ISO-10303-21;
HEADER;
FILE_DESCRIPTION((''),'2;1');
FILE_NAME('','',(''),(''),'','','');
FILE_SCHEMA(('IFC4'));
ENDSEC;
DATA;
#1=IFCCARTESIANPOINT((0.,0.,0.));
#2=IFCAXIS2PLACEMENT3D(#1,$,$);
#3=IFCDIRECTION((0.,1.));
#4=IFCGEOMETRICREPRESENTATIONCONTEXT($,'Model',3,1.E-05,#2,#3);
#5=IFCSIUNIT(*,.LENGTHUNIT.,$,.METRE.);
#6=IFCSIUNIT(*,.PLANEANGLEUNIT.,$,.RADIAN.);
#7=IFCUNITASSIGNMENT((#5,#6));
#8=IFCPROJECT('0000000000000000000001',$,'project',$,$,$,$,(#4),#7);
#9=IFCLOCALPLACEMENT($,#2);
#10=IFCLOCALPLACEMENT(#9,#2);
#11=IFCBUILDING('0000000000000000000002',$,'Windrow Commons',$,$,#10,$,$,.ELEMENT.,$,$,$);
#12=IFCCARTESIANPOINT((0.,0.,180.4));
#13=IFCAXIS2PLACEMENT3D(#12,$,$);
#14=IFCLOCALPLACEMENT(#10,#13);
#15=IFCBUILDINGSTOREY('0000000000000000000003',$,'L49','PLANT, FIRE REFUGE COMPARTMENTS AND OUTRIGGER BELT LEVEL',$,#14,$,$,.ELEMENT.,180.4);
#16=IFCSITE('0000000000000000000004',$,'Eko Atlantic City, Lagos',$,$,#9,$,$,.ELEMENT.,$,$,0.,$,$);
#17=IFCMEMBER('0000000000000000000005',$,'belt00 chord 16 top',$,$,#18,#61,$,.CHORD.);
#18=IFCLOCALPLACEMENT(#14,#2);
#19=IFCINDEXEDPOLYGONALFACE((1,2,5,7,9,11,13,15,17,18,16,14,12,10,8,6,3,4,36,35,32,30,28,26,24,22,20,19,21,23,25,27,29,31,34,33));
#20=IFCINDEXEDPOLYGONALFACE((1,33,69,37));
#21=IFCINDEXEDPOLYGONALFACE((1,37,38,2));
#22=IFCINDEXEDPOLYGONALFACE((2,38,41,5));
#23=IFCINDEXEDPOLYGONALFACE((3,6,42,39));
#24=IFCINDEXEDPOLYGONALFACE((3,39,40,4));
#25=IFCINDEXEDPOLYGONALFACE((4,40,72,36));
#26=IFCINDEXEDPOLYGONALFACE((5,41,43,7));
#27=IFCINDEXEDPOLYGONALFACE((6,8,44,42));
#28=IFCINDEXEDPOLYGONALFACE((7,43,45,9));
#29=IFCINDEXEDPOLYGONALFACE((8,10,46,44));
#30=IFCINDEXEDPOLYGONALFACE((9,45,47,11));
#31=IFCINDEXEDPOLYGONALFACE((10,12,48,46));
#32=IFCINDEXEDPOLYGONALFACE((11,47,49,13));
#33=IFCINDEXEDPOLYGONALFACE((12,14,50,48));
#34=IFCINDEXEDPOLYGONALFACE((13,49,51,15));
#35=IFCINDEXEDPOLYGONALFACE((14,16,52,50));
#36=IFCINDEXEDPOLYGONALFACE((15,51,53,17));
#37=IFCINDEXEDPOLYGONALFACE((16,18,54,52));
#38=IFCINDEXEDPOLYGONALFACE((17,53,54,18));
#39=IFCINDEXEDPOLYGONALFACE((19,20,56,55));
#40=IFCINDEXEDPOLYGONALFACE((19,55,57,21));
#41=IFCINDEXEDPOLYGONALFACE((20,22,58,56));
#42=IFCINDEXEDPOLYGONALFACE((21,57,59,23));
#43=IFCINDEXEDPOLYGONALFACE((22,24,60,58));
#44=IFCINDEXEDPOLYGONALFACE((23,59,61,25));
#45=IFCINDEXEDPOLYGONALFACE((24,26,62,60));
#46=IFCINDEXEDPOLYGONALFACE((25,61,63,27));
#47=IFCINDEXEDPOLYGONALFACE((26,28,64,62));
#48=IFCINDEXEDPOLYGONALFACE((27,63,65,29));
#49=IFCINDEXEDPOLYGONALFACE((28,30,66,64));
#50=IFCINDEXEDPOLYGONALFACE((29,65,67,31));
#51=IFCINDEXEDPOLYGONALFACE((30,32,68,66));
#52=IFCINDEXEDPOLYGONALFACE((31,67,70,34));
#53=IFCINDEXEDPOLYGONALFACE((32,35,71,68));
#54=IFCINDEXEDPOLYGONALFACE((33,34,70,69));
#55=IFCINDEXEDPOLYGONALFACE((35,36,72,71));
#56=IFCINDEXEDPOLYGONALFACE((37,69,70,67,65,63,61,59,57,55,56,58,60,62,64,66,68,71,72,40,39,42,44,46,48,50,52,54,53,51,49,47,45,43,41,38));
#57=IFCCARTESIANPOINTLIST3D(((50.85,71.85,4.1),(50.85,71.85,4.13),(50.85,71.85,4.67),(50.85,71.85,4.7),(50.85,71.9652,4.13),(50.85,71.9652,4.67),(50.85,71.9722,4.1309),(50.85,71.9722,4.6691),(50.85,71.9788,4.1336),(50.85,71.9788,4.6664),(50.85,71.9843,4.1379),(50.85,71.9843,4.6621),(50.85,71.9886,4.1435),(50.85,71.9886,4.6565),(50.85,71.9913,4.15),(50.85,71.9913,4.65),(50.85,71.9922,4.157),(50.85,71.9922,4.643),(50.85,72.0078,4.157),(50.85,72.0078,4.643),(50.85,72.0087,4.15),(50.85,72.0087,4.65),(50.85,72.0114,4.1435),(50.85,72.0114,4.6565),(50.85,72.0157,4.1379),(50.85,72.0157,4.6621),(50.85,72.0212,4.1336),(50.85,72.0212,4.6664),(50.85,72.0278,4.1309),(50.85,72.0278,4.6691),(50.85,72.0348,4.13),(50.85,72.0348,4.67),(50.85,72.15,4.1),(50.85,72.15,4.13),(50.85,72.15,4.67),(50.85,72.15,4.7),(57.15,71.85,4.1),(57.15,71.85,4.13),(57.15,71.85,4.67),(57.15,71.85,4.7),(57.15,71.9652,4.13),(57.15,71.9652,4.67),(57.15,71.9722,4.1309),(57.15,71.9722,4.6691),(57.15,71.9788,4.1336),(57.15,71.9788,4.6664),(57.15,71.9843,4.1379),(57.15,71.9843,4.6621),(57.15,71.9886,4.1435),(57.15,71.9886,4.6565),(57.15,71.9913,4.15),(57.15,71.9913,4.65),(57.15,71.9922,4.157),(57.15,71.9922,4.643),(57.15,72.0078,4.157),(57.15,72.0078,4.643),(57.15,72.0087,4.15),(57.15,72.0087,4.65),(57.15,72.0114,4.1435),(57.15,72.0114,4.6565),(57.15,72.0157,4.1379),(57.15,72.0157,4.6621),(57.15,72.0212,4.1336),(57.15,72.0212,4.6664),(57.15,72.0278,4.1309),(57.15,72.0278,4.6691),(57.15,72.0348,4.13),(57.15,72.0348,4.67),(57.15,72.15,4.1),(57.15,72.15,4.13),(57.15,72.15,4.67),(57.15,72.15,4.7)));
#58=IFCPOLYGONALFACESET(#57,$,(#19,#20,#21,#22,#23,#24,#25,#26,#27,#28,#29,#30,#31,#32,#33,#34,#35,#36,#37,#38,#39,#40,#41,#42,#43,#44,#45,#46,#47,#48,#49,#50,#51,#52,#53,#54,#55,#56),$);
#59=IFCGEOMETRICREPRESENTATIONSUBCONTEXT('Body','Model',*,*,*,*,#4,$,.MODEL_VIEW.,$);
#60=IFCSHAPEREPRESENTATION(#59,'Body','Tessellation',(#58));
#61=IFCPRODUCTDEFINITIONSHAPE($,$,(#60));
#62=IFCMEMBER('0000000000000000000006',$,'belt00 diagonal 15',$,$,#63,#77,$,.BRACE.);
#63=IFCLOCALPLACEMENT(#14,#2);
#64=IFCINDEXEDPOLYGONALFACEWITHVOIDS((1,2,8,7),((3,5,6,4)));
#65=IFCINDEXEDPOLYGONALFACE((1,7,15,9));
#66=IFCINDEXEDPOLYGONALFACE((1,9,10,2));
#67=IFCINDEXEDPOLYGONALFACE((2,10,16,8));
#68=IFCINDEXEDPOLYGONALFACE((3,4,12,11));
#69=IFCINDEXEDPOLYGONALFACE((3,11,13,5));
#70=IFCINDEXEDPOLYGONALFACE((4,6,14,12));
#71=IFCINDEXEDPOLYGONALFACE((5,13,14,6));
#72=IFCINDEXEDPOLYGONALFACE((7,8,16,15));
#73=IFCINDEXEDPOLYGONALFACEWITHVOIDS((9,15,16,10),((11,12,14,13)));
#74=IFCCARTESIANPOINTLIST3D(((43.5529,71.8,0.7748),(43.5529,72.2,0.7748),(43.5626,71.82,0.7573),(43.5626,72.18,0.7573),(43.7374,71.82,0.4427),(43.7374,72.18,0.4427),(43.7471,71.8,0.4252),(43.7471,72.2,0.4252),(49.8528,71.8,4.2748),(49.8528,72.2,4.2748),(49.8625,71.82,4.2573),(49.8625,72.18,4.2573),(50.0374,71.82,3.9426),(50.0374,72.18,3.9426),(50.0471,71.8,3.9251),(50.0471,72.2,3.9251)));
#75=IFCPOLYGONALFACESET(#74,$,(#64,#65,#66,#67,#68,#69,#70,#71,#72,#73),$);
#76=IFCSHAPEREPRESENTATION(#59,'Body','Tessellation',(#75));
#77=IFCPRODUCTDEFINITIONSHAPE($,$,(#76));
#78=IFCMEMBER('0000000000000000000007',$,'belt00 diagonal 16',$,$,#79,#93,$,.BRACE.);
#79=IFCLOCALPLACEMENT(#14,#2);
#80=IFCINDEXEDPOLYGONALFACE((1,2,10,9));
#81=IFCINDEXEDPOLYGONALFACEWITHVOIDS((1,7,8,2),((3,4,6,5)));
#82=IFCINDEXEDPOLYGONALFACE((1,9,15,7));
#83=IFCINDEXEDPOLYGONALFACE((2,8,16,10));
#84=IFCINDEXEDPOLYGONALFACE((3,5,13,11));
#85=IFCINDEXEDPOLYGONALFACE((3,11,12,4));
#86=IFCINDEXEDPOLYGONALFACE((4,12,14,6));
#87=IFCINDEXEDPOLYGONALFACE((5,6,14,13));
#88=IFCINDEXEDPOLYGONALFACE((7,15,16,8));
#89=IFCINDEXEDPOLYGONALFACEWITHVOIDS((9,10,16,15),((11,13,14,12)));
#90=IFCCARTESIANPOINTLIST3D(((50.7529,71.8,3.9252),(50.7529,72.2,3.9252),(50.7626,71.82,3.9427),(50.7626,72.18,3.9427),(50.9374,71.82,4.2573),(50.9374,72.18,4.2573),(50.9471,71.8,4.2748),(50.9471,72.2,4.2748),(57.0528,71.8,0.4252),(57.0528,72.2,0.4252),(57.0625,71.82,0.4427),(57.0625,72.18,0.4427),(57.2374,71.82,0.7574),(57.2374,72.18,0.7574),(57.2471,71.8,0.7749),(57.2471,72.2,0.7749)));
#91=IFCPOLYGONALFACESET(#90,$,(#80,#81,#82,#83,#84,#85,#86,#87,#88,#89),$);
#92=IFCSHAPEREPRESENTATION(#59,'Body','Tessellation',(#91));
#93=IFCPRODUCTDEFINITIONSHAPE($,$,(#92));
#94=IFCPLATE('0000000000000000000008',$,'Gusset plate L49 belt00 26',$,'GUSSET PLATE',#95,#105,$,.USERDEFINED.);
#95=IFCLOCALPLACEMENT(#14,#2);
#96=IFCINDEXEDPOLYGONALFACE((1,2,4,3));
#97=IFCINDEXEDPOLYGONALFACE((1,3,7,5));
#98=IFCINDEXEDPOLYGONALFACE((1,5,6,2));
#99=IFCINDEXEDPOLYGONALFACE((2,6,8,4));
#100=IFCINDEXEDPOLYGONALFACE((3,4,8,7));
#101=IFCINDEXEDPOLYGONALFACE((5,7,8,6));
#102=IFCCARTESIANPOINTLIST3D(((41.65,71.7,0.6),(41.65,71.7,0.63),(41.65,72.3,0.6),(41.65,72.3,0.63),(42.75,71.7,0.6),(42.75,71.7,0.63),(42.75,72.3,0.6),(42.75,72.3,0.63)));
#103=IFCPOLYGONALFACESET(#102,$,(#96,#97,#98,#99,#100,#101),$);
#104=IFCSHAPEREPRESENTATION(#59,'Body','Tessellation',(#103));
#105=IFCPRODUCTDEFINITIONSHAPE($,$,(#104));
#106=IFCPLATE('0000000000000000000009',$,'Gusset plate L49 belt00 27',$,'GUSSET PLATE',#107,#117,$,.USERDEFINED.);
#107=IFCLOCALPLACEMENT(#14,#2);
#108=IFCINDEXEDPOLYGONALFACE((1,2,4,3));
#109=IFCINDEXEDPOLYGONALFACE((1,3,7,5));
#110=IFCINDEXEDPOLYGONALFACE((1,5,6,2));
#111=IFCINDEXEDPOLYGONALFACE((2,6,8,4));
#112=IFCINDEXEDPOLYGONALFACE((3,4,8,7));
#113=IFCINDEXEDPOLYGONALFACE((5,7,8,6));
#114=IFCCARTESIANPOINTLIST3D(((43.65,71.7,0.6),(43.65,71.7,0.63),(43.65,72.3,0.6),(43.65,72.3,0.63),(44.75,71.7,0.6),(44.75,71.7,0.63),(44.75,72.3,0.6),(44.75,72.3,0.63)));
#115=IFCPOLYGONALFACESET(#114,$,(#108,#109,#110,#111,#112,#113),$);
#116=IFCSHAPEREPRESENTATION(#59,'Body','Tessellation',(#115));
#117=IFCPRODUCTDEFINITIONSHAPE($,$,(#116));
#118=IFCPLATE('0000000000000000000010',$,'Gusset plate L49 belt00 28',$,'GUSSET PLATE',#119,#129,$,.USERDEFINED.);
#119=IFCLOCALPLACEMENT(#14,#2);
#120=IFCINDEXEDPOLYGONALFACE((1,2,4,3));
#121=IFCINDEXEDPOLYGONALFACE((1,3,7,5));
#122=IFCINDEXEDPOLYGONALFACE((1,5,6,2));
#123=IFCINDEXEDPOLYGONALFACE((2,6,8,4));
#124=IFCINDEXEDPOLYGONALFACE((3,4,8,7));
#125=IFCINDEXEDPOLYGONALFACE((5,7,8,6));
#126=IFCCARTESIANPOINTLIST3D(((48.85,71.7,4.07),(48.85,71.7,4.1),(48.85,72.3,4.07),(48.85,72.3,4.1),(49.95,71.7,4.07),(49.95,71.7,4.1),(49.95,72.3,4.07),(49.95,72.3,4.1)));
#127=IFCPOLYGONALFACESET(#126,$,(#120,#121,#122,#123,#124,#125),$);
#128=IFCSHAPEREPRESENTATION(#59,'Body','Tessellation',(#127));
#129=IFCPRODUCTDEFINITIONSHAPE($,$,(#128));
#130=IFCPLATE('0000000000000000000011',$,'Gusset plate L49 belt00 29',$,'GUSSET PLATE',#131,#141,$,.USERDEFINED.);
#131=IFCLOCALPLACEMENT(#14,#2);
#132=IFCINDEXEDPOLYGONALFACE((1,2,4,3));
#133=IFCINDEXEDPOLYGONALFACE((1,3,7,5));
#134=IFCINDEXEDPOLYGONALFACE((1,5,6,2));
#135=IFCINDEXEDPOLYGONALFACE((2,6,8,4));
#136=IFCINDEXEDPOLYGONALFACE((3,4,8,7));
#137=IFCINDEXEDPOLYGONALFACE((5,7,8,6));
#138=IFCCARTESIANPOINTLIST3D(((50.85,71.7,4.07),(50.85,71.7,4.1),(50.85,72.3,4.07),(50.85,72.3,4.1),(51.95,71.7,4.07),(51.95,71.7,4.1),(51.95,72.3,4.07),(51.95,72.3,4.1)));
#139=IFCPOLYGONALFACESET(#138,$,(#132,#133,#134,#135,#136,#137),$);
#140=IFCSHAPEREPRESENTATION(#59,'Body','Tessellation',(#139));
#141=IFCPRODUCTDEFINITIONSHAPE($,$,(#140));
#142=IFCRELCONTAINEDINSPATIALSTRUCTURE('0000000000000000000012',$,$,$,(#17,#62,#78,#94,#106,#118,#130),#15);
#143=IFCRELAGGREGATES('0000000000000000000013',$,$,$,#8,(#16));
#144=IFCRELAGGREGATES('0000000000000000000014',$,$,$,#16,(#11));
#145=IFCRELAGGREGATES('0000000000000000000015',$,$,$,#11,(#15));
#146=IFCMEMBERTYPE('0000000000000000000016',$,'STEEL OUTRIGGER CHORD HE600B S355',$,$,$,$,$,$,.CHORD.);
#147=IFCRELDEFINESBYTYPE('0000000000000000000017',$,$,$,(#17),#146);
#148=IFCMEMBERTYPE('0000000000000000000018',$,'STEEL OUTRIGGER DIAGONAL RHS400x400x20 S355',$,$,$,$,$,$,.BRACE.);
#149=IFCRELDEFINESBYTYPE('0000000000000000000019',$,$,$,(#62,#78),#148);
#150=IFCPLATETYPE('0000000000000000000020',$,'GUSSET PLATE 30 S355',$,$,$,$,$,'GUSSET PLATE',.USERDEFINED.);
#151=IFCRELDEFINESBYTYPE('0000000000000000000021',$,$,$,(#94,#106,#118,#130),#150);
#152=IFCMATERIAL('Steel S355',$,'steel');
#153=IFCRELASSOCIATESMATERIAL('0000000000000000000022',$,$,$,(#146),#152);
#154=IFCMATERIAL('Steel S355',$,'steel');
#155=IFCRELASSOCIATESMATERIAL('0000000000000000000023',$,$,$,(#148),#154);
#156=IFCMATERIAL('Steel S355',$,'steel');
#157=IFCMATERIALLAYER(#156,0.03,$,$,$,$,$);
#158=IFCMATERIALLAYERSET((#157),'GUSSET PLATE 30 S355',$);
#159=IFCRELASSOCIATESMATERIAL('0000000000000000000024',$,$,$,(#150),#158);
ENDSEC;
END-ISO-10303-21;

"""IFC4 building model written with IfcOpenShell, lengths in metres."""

from ifc_helpers import new_model, si_unit, direction, frame, origin, origin_2d, place, context, subcontext, project, spatial, rectangle, hollow_rectangle, i_section, extrude, material, layer, layer_set, material_profile, profile_set, type_object, element, save


model = new_model("IFC4")

# Units and contexts
model_context = context("Model", 3, precision=1e-05, world=origin(), true_north=direction((0.0, 1.0)))
body_context = subcontext(model_context, "Body", "Model", "MODEL_VIEW")
ifc_project = project(units=[si_unit("LENGTHUNIT", "METRE"), si_unit("PLANEANGLEUNIT", "RADIAN")], contexts=[model_context])

# Site, building, storey
site_placement = place(None, origin())
site = spatial("IfcSite", under=ifc_project, at=site_placement, Name="Eko Atlantic City, Lagos", CompositionType="ELEMENT", RefElevation=0.0)
building_placement = place(site_placement, origin())
building = spatial("IfcBuilding", under=site, at=building_placement, Name="Windrow Commons", CompositionType="ELEMENT")
storey_placement = place(building_placement, frame((0.0, 0.0, 180.4)))
storey = spatial("IfcBuildingStorey", under=building, at=storey_placement, Name="L49", Description="PLANT, FIRE REFUGE COMPARTMENTS AND OUTRIGGER BELT LEVEL", CompositionType="ELEMENT", Elevation=180.4)

# Members
ifc_material_1 = material(Name="Steel S355", Category="steel")
ifc_material_profile_1 = material_profile(ifc_material_1, i_section(OverallWidth=0.3, OverallDepth=0.6, WebThickness=0.0155, FlangeThickness=0.03, FilletRadius=0.027, at=origin_2d()))
ifc_profile_set_1 = profile_set([ifc_material_profile_1], Name="Steel S355")
member_type_1 = type_object("IfcMemberType", Name="STEEL OUTRIGGER CHORD HE600B S355", PredefinedType="CHORD", material=ifc_profile_set_1)
for number, where, z_axis, x_axis, name in (
    (1, (50.85, 72.0, 4.4), (1.0, 0.0, 0.0), (0.0, 1.0, 0.0), "belt00 chord 16 top"),
):
    element("IfcMember", number, at=place(storey_placement, frame(where, z_axis=z_axis, x_axis=x_axis)), inside=storey, type_object=member_type_1, Name=name, PredefinedType="CHORD", context=body_context, shape_type="SweptSolid", body=[
        extrude(i_section(OverallWidth=0.3, OverallDepth=0.6, WebThickness=0.0155, FlangeThickness=0.03, FilletRadius=0.027, at=origin_2d()), origin(), (0.0, 0.0, 1.0), 6.3),
    ])
ifc_material_2 = material(Name="Steel S355", Category="steel")
ifc_material_profile_2 = material_profile(ifc_material_2, hollow_rectangle(XDim=0.4, YDim=0.4, WallThickness=0.02, at=origin_2d()))
ifc_profile_set_2 = profile_set([ifc_material_profile_2], Name="Steel S355")
member_type_2 = type_object("IfcMemberType", Name="STEEL OUTRIGGER DIAGONAL RHS400x400x20 S355", PredefinedType="BRACE", material=ifc_profile_set_2)
for number, where, z_axis, x_axis, name in (
    (2, (43.65, 72.0, 0.6), (0.874157, 0.0, 0.485643), (0.0, 1.0, 0.0), "belt00 diagonal 15"),
    (3, (50.85, 72.0, 4.1), (0.874157, 0.0, -0.485643), (0.0, 1.0, 0.0), "belt00 diagonal 16"),
):
    element("IfcMember", number, at=place(storey_placement, frame(where, z_axis=z_axis, x_axis=x_axis)), inside=storey, type_object=member_type_2, Name=name, PredefinedType="BRACE", context=body_context, shape_type="SweptSolid", body=[
        extrude(hollow_rectangle(XDim=0.4, YDim=0.4, WallThickness=0.02, at=origin_2d()), origin(), (0.0, 0.0, 1.0), 7.2069),
    ])

# Plates
ifc_material_3 = material(Name="Steel S355", Category="steel")
ifc_layer_1 = layer(ifc_material_3, 0.03)
ifc_layer_set_1 = layer_set([ifc_layer_1], Name="GUSSET PLATE 30 S355")
plate_type = type_object("IfcPlateType", Name="GUSSET PLATE 30 S355", ElementType="GUSSET PLATE", PredefinedType="USERDEFINED", material=ifc_layer_set_1)
for number, where, z_axis, x_axis, name in (
    (4, (42.2, 72.0, 0.6), (0.0, 0.0, 1.0), (1.0, 0.0, 0.0), "Gusset plate L49 belt00 26"),
    (5, (44.2, 72.0, 0.6), (0.0, 0.0, 1.0), (1.0, 0.0, 0.0), "Gusset plate L49 belt00 27"),
    (6, (49.4, 72.0, 4.07), (0.0, 0.0, 1.0), (1.0, 0.0, 0.0), "Gusset plate L49 belt00 28"),
    (7, (51.4, 72.0, 4.07), (0.0, 0.0, 1.0), (1.0, 0.0, 0.0), "Gusset plate L49 belt00 29"),
):
    element("IfcPlate", number, at=place(storey_placement, frame(where, z_axis=z_axis, x_axis=x_axis)), inside=storey, type_object=plate_type, Name=name, ObjectType="GUSSET PLATE", PredefinedType="USERDEFINED", context=body_context, shape_type="SweptSolid", body=[
        extrude(rectangle(XDim=1.1, YDim=0.6, at=origin_2d()), origin(), (0.0, 0.0, 1.0), 0.03),
    ])

save(model, "model.ifc")
